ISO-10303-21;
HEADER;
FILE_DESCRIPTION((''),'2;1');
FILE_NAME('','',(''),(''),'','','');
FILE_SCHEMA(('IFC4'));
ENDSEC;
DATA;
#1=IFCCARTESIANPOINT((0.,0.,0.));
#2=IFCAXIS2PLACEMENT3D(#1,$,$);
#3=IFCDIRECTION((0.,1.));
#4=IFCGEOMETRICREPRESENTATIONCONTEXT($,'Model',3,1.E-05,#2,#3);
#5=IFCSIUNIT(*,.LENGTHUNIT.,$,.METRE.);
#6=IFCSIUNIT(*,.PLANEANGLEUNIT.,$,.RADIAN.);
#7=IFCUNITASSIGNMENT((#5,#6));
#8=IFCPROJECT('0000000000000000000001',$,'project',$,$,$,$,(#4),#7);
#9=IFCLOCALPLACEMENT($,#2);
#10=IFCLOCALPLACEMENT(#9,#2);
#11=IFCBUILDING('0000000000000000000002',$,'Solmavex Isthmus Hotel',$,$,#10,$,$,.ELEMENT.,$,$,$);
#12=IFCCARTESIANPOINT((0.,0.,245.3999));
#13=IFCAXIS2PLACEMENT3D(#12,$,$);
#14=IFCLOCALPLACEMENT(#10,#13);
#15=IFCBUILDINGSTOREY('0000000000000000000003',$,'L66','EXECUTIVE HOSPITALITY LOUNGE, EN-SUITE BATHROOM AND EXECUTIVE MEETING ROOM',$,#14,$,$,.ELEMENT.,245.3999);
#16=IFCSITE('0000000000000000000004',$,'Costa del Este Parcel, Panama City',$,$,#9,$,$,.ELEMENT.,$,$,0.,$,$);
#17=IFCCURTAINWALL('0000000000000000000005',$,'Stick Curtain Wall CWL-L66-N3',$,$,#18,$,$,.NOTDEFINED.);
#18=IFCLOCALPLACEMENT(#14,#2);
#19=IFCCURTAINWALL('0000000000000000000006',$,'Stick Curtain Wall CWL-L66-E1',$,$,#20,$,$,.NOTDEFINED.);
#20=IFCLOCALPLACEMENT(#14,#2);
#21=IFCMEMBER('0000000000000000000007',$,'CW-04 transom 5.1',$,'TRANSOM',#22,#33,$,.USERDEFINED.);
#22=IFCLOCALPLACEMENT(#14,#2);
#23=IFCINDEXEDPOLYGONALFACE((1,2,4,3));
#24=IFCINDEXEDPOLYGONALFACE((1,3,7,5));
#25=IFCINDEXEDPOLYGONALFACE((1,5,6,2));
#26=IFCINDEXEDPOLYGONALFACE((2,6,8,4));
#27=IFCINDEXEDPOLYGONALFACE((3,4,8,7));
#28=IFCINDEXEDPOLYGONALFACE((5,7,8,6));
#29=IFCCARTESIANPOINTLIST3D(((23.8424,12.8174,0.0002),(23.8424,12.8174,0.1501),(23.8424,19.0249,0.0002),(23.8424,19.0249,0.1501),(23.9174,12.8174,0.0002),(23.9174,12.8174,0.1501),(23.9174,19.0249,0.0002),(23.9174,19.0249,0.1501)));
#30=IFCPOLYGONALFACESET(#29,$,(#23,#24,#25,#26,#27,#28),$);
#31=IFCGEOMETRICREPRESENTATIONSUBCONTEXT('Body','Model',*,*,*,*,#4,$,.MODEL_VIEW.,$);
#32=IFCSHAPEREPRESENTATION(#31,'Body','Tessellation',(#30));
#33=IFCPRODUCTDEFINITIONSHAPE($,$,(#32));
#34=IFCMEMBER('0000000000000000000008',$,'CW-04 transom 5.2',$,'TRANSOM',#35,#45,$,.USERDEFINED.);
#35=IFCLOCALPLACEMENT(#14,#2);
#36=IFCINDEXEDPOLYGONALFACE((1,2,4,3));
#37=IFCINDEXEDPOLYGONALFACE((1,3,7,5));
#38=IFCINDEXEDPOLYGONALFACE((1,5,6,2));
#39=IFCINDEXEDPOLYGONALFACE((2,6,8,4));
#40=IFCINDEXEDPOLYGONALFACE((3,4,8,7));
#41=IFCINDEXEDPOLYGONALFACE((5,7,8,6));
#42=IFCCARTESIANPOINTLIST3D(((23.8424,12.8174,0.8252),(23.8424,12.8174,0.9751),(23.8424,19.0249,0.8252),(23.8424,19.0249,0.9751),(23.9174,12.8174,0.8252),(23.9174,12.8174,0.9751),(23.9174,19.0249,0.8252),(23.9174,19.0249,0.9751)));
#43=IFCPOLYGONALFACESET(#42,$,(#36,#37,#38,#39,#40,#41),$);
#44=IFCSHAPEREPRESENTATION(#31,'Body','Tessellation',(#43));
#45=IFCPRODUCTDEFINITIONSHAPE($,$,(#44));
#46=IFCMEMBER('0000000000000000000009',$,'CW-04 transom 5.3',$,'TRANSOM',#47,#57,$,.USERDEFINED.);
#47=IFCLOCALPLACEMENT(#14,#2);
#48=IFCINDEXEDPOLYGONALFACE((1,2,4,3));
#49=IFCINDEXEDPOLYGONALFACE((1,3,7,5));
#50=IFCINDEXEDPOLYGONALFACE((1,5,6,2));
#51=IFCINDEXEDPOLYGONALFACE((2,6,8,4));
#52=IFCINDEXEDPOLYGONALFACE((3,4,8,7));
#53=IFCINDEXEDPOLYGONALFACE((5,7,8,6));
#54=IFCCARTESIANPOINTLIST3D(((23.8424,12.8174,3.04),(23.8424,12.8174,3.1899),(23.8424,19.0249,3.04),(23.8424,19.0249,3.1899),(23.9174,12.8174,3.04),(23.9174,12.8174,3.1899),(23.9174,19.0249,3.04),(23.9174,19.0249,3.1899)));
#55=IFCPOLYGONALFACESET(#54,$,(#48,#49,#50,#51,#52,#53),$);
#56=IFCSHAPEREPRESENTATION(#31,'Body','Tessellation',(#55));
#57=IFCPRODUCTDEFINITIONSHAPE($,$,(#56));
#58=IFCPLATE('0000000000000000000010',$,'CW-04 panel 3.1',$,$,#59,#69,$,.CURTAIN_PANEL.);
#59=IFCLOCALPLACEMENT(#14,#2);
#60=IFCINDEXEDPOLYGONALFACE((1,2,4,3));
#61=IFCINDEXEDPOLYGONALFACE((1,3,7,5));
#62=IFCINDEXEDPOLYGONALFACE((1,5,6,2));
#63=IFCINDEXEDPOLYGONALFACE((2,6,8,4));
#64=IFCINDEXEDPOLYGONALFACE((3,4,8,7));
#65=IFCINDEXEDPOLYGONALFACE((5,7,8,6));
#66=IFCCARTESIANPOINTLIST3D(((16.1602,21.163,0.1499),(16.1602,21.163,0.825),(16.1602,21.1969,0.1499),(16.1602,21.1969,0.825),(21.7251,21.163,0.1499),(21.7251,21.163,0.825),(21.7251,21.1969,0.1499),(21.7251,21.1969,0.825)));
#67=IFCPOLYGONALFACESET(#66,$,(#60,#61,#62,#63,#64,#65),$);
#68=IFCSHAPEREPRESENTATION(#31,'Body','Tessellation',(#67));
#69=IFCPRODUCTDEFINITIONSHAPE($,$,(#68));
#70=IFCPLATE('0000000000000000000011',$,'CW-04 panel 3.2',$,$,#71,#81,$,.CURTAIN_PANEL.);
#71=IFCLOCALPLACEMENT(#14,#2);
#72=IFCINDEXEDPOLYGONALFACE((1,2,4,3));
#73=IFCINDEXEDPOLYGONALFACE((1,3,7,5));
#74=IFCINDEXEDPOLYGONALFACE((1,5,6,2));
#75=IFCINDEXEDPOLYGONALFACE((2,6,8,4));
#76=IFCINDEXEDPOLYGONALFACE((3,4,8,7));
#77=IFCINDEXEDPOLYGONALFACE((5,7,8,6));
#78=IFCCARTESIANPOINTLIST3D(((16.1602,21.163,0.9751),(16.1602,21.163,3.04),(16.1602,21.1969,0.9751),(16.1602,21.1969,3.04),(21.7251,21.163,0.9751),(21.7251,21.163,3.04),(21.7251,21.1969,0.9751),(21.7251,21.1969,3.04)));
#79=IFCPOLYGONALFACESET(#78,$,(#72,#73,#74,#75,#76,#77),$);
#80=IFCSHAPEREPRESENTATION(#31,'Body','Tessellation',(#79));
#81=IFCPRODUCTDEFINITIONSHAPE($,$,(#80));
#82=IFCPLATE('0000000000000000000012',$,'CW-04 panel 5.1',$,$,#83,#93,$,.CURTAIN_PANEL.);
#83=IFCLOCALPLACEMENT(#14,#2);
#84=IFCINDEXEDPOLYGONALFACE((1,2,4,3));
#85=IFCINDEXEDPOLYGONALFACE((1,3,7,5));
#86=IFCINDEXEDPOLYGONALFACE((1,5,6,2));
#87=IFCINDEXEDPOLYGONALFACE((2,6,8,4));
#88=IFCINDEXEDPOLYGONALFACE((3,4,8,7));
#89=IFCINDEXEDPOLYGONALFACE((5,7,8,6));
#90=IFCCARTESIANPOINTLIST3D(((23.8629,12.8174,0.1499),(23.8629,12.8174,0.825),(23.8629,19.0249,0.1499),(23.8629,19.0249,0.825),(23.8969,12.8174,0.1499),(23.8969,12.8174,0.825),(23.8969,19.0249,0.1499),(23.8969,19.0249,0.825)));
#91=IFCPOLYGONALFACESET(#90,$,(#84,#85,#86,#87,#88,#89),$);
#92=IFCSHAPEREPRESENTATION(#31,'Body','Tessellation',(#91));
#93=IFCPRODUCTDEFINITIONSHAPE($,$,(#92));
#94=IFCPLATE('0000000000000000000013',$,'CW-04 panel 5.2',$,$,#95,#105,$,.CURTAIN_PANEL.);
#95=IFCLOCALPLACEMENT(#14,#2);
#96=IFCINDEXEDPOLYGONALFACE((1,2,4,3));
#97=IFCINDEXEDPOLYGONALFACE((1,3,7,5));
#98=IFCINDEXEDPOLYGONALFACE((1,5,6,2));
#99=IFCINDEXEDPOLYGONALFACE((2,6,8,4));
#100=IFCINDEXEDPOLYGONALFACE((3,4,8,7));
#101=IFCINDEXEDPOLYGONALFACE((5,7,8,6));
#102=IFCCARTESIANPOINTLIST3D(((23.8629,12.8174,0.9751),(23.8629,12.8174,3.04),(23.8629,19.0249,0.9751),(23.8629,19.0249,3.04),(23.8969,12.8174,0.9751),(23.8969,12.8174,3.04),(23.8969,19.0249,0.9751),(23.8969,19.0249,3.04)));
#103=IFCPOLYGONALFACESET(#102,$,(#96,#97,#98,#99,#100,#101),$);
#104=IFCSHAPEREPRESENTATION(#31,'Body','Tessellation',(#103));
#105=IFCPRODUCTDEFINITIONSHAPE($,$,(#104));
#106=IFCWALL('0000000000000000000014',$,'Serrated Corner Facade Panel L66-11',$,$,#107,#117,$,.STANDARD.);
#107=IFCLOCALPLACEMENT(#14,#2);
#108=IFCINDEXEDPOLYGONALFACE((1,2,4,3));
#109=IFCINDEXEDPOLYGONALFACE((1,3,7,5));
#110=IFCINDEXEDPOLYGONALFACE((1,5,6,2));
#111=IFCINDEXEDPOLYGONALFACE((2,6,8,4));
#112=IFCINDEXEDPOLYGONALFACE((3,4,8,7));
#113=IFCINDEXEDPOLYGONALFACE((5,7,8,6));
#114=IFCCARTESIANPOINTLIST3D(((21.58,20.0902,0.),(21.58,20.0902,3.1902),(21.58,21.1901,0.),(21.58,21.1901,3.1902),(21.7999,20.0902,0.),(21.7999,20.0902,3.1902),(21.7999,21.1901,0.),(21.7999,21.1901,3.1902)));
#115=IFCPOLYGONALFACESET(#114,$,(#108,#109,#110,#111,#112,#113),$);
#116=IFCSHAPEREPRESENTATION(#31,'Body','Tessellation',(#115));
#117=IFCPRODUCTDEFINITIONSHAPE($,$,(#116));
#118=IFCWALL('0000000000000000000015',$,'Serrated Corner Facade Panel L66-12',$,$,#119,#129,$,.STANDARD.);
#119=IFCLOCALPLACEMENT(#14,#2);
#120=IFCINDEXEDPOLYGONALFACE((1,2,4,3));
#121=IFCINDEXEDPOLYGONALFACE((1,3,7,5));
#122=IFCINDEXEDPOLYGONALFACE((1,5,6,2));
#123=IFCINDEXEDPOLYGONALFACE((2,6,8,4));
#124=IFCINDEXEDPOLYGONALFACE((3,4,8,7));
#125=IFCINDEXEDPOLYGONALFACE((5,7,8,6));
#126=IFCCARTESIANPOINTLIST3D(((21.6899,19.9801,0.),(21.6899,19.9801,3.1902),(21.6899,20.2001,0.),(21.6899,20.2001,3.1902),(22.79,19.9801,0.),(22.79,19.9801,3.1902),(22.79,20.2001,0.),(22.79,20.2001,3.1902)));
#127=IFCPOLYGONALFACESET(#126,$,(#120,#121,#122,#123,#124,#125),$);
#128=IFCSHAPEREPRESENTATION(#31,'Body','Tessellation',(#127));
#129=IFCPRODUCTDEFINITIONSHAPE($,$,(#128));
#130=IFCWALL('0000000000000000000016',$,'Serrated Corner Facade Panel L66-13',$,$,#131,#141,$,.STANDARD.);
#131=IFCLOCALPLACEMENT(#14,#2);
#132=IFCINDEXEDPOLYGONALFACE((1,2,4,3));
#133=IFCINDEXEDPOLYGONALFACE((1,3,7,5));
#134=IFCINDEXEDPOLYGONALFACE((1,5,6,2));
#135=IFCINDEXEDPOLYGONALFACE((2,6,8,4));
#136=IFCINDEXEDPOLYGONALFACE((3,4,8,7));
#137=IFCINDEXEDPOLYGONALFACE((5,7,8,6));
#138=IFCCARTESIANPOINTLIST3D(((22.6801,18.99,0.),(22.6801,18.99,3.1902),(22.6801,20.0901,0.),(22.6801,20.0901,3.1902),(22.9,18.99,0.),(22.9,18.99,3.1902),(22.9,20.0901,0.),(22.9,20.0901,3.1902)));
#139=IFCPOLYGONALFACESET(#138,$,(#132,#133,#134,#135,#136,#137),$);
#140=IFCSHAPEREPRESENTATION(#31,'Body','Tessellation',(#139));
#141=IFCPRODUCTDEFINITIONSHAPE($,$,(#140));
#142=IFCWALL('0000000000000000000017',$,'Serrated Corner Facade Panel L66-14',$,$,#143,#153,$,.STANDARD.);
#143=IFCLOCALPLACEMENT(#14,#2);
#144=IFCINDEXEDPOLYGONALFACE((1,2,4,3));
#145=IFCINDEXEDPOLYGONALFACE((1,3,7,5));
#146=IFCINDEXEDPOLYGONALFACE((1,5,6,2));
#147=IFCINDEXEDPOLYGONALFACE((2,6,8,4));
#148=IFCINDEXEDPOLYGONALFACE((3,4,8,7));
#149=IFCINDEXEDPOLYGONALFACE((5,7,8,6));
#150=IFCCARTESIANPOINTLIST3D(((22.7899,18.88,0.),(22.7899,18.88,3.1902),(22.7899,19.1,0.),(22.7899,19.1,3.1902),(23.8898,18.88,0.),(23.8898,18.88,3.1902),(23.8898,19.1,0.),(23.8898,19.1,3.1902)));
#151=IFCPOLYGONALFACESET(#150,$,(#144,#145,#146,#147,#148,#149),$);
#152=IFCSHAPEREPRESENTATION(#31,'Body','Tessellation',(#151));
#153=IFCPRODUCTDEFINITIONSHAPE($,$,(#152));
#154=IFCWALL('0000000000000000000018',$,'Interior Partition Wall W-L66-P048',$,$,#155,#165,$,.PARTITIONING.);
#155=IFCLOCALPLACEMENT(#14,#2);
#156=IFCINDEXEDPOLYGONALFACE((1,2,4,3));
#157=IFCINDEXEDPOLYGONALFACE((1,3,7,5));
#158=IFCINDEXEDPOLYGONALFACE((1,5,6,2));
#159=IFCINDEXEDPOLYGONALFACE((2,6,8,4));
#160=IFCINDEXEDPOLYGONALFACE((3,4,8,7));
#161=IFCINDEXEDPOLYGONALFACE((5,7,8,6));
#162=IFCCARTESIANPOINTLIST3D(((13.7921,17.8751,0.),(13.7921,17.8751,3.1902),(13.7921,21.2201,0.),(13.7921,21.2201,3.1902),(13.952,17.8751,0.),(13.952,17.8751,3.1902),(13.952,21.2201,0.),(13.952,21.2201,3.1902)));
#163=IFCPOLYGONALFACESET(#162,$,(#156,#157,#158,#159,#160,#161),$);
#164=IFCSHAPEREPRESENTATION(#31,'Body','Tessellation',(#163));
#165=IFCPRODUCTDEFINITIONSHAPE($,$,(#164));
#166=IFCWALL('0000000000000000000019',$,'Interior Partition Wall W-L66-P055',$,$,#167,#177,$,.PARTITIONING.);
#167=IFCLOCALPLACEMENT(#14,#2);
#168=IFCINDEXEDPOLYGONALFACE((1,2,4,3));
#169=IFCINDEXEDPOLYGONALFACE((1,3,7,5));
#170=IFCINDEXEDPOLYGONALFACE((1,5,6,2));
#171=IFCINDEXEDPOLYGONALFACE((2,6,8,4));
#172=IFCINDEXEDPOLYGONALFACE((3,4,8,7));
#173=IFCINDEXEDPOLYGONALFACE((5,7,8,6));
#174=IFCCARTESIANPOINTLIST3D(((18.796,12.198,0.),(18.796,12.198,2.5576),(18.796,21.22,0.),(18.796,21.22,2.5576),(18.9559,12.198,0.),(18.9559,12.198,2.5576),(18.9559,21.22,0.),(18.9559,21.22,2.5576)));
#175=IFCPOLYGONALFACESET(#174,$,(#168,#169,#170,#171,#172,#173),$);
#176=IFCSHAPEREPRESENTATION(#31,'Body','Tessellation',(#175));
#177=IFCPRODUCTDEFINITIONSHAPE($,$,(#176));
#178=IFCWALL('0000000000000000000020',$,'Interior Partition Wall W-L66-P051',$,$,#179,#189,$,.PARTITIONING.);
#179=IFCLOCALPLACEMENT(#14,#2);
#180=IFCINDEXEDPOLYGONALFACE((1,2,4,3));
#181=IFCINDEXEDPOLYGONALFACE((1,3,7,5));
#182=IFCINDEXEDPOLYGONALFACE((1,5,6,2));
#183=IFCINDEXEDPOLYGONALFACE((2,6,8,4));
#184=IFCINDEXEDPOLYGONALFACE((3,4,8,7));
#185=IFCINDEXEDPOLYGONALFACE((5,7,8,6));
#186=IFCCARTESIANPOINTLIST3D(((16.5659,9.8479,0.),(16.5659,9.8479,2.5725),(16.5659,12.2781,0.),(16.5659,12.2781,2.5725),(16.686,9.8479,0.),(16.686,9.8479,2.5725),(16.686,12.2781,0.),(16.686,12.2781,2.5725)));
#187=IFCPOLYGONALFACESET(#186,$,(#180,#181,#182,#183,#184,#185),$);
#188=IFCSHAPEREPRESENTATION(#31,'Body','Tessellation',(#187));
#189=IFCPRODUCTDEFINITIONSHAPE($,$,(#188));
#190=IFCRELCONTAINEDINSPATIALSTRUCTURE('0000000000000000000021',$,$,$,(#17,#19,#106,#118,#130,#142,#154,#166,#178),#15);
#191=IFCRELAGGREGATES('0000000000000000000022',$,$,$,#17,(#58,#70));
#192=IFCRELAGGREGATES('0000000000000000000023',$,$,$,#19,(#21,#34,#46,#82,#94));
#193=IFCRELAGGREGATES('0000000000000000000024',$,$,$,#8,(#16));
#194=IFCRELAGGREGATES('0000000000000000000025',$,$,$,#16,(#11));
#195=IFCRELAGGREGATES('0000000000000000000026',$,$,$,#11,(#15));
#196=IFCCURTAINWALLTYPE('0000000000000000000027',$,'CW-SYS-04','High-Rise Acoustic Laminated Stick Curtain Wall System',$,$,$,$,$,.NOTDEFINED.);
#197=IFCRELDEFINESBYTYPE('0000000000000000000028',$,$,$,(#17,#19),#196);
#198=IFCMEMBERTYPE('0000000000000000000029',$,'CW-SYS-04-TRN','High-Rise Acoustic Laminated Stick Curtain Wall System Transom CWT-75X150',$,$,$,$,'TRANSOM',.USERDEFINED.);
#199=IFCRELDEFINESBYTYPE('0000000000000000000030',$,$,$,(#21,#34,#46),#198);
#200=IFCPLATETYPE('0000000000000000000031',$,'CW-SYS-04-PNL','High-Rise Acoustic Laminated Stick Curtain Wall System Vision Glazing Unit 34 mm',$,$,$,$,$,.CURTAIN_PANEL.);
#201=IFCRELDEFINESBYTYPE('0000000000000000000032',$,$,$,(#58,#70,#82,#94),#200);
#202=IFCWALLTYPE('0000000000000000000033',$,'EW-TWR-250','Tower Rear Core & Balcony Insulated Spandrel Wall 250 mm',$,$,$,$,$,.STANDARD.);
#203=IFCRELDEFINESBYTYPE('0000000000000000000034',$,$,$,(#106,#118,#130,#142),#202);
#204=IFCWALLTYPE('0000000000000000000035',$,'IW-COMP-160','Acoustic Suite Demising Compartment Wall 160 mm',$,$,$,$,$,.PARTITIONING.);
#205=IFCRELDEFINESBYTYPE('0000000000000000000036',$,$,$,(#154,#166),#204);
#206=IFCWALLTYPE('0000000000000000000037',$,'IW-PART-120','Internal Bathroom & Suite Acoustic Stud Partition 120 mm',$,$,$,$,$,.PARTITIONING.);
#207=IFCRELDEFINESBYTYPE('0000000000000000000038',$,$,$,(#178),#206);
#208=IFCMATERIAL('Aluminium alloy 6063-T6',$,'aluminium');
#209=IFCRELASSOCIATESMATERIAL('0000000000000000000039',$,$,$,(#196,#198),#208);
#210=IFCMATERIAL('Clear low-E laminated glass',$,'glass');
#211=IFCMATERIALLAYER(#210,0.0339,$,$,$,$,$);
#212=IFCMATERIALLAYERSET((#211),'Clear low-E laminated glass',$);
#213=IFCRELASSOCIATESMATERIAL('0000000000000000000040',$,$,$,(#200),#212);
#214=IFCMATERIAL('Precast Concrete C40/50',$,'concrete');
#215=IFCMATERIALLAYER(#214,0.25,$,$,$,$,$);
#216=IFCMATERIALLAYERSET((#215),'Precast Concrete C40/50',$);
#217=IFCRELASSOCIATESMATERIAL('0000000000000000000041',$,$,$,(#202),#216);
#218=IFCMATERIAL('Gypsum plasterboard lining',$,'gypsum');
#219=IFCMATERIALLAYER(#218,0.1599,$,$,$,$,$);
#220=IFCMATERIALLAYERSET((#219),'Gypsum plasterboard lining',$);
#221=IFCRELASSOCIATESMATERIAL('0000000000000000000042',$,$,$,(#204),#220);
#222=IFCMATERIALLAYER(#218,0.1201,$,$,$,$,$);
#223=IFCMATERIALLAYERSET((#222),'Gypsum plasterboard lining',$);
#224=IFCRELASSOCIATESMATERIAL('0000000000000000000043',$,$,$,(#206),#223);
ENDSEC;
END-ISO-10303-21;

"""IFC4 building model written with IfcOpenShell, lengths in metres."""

from ifc_helpers import new_model, si_unit, direction, frame, frame_2d, origin, origin_2d, place, context, subcontext, project, spatial, rectangle, extrude, material, layer, layer_set, material_profile, profile_set, type_object, element, aggregate, save


model = new_model("IFC4")

# Units and contexts
model_context = context("Model", 3, precision=1e-05, world=origin(), true_north=direction((0.0, 1.0)))
body_context = subcontext(model_context, "Body", "Model", "MODEL_VIEW")
ifc_project = project(units=[si_unit("LENGTHUNIT", "METRE"), si_unit("PLANEANGLEUNIT", "RADIAN")], contexts=[model_context])

# Site, building, storey
site_placement = place(None, origin())
site = spatial("IfcSite", under=ifc_project, at=site_placement, Name="Costa del Este Parcel, Panama City", CompositionType="ELEMENT", RefElevation=0.0)
building_placement = place(site_placement, origin())
building = spatial("IfcBuilding", under=site, at=building_placement, Name="Solmavex Isthmus Hotel", CompositionType="ELEMENT")
storey_placement = place(building_placement, frame((0.0, 0.0, 245.3999)))
storey = spatial("IfcBuildingStorey", under=building, at=storey_placement, Name="L66", Description="EXECUTIVE HOSPITALITY LOUNGE, EN-SUITE BATHROOM AND EXECUTIVE MEETING ROOM", CompositionType="ELEMENT", Elevation=245.3999)

# Curtain walls
ifc_material_1 = material(Name="Aluminium alloy 6063-T6", Category="aluminium")
curtain_wall_type = type_object("IfcCurtainWallType", Name="CW-SYS-04", Description="High-Rise Acoustic Laminated Stick Curtain Wall System", PredefinedType="NOTDEFINED", material=ifc_material_1)
curtain_wall_1_placement = place(storey_placement, origin())
curtain_wall_1 = element("IfcCurtainWall", 1, at=curtain_wall_1_placement, inside=storey, type_object=curtain_wall_type, Name="Stick Curtain Wall CWL-L66-N3", PredefinedType="NOTDEFINED")
curtain_wall_2_placement = place(storey_placement, origin())
curtain_wall_2 = element("IfcCurtainWall", 2, at=curtain_wall_2_placement, inside=storey, type_object=curtain_wall_type, Name="Stick Curtain Wall CWL-L66-E1", PredefinedType="NOTDEFINED")

# Members
ifc_material_profile_1 = material_profile(ifc_material_1, rectangle(XDim=0.075, YDim=0.1499, at=origin_2d()), Name="CWT-75X150")
ifc_profile_set_1 = profile_set([ifc_material_profile_1], Name="Aluminium alloy 6063-T6")
member_type_1 = type_object("IfcMemberType", Name="CW-SYS-04-TRN", Description="High-Rise Acoustic Laminated Stick Curtain Wall System Transom CWT-75X150", ElementType="TRANSOM", PredefinedType="USERDEFINED", material=ifc_profile_set_1)
member_1_placement = place(storey_placement, frame((23.8799, 12.8174, 0.0752), z_axis=(0.0, 1.0, 0.0), x_axis=(-1.0, 0.0, 0.0)))
member_1 = element("IfcMember", 3, at=member_1_placement, type_object=member_type_1, Name="CW-04 transom 5.1", ObjectType="TRANSOM", PredefinedType="USERDEFINED", context=body_context, shape_type="SweptSolid", body=[
    extrude(rectangle(XDim=0.075, YDim=0.1499, at=origin_2d()), origin(), (0.0, 0.0, 1.0), 6.2075),
])
member_2_placement = place(storey_placement, frame((23.8799, 12.8174, 0.9001), z_axis=(0.0, 1.0, 0.0), x_axis=(-1.0, 0.0, 0.0)))
member_2 = element("IfcMember", 4, at=member_2_placement, type_object=member_type_1, Name="CW-04 transom 5.2", ObjectType="TRANSOM", PredefinedType="USERDEFINED", context=body_context, shape_type="SweptSolid", body=[
    extrude(rectangle(XDim=0.075, YDim=0.1499, at=origin_2d()), origin(), (0.0, 0.0, 1.0), 6.2075),
])
member_3_placement = place(storey_placement, frame((23.8799, 12.8174, 3.115), z_axis=(0.0, 1.0, 0.0), x_axis=(-1.0, 0.0, 0.0)))
member_3 = element("IfcMember", 5, at=member_3_placement, type_object=member_type_1, Name="CW-04 transom 5.3", ObjectType="TRANSOM", PredefinedType="USERDEFINED", context=body_context, shape_type="SweptSolid", body=[
    extrude(rectangle(XDim=0.075, YDim=0.1499, at=origin_2d()), origin(), (0.0, 0.0, 1.0), 6.2075),
])

# Plates
ifc_material_2 = material(Name="Clear low-E laminated glass", Category="glass")
ifc_layer_1 = layer(ifc_material_2, 0.0339)
ifc_layer_set_1 = layer_set([ifc_layer_1], Name="Clear low-E laminated glass")
plate_type = type_object("IfcPlateType", Name="CW-SYS-04-PNL", Description="High-Rise Acoustic Laminated Stick Curtain Wall System Vision Glazing Unit 34 mm", PredefinedType="CURTAIN_PANEL", material=ifc_layer_set_1)
plate_1_placement = place(storey_placement, frame((18.9426, 21.1799, 0.1499), z_axis=(0.0, 0.0, 1.0), x_axis=(1.0, 0.0, 0.0)))
plate_1 = element("IfcPlate", 6, at=plate_1_placement, type_object=plate_type, Name="CW-04 panel 3.1", PredefinedType="CURTAIN_PANEL", context=body_context, shape_type="SweptSolid", body=[
    extrude(rectangle(XDim=5.5649, YDim=0.0339, at=origin_2d()), origin(), (0.0, 0.0, 1.0), 0.675),
])
plate_2_placement = place(storey_placement, frame((18.9426, 21.1799, 0.9751), z_axis=(0.0, 0.0, 1.0), x_axis=(1.0, 0.0, 0.0)))
plate_2 = element("IfcPlate", 7, at=plate_2_placement, type_object=plate_type, Name="CW-04 panel 3.2", PredefinedType="CURTAIN_PANEL", context=body_context, shape_type="SweptSolid", body=[
    extrude(rectangle(XDim=5.5649, YDim=0.0339, at=origin_2d()), origin(), (0.0, 0.0, 1.0), 2.0649),
])
aggregate(curtain_wall_1, [plate_1, plate_2])
plate_3_placement = place(storey_placement, frame((23.8799, 15.9211, 0.1499), z_axis=(0.0, 0.0, 1.0), x_axis=(0.0, 1.0, 0.0)))
plate_3 = element("IfcPlate", 8, at=plate_3_placement, type_object=plate_type, Name="CW-04 panel 5.1", PredefinedType="CURTAIN_PANEL", context=body_context, shape_type="SweptSolid", body=[
    extrude(rectangle(XDim=6.2075, YDim=0.0339, at=origin_2d()), origin(), (0.0, 0.0, 1.0), 0.675),
])
plate_4_placement = place(storey_placement, frame((23.8799, 15.9211, 0.9751), z_axis=(0.0, 0.0, 1.0), x_axis=(0.0, 1.0, 0.0)))
plate_4 = element("IfcPlate", 9, at=plate_4_placement, type_object=plate_type, Name="CW-04 panel 5.2", PredefinedType="CURTAIN_PANEL", context=body_context, shape_type="SweptSolid", body=[
    extrude(rectangle(XDim=6.2075, YDim=0.0339, at=origin_2d()), origin(), (0.0, 0.0, 1.0), 2.0649),
])
aggregate(curtain_wall_2, [member_1, member_2, member_3, plate_3, plate_4])

# Walls
ifc_material_3 = material(Name="Precast Concrete C40/50", Category="concrete")
ifc_layer_2 = layer(ifc_material_3, 0.25)
ifc_layer_set_2 = layer_set([ifc_layer_2], Name="Precast Concrete C40/50")
wall_type_1 = type_object("IfcWallType", Name="EW-TWR-250", Description="Tower Rear Core & Balcony Insulated Spandrel Wall 250 mm", PredefinedType="STANDARD", material=ifc_layer_set_2)
wall_1_placement = place(storey_placement, frame((21.6899, 21.1899, 0.0), z_axis=(0.0, 0.0, 1.0), x_axis=(0.0, -1.0, 0.0)))
element("IfcWall", 10, at=wall_1_placement, inside=storey, type_object=wall_type_1, Name="Serrated Corner Facade Panel L66-11", PredefinedType="STANDARD", context=body_context, shape_type="SweptSolid", body=[
    extrude(rectangle(XDim=1.0999, YDim=0.22, at=frame_2d((0.5498, 0.0))), origin(), (0.0, 0.0, 1.0), 3.1902),
])
for number, where, z_axis, x_axis, name in (
    (11, (21.6899, 20.0901, 0.0), (0.0, 0.0, 1.0), (1.0, 0.0, 0.0), "Serrated Corner Facade Panel L66-12"),
    (12, (22.79, 20.0901, 0.0), (0.0, 0.0, 1.0), (0.0, -1.0, 0.0), "Serrated Corner Facade Panel L66-13"),
):
    element("IfcWall", number, at=place(storey_placement, frame(where, z_axis=z_axis, x_axis=x_axis)), inside=storey, type_object=wall_type_1, Name=name, PredefinedType="STANDARD", context=body_context, shape_type="SweptSolid", body=[
        extrude(rectangle(XDim=1.1001, YDim=0.22, at=frame_2d((0.55, 0.0))), origin(), (0.0, 0.0, 1.0), 3.1902),
    ])
wall_2_placement = place(storey_placement, frame((22.79, 18.99, 0.0), z_axis=(0.0, 0.0, 1.0), x_axis=(1.0, 0.0, 0.0)))
element("IfcWall", 13, at=wall_2_placement, inside=storey, type_object=wall_type_1, Name="Serrated Corner Facade Panel L66-14", PredefinedType="STANDARD", context=body_context, shape_type="SweptSolid", body=[
    extrude(rectangle(XDim=1.0999, YDim=0.22, at=frame_2d((0.5498, 0.0))), origin(), (0.0, 0.0, 1.0), 3.1902),
])
ifc_material_4 = material(Name="Gypsum plasterboard lining", Category="gypsum")
ifc_layer_3 = layer(ifc_material_4, 0.1599)
ifc_layer_set_3 = layer_set([ifc_layer_3], Name="Gypsum plasterboard lining")
wall_type_2 = type_object("IfcWallType", Name="IW-COMP-160", Description="Acoustic Suite Demising Compartment Wall 160 mm", PredefinedType="PARTITIONING", material=ifc_layer_set_3)
wall_3_placement = place(storey_placement, frame((13.8721, 21.22, 0.0), z_axis=(0.0, 0.0, 1.0), x_axis=(0.0, -1.0, 0.0)))
element("IfcWall", 14, at=wall_3_placement, inside=storey, type_object=wall_type_2, Name="Interior Partition Wall W-L66-P048", PredefinedType="PARTITIONING", context=body_context, shape_type="SweptSolid", body=[
    extrude(rectangle(XDim=3.345, YDim=0.1599, at=frame_2d((1.6724, 0.0))), origin(), (0.0, 0.0, 1.0), 3.1902),
])

# Walls
wall_4_placement = place(storey_placement, frame((18.876, 21.22, 0.0), z_axis=(0.0, 0.0, 1.0), x_axis=(0.0, -1.0, 0.0)))
element("IfcWall", 15, at=wall_4_placement, inside=storey, type_object=wall_type_2, Name="Interior Partition Wall W-L66-P055", PredefinedType="PARTITIONING", context=body_context, shape_type="SweptSolid", body=[
    extrude(rectangle(XDim=9.022, YDim=0.1599, at=frame_2d((4.511, 0.0))), origin(), (0.0, 0.0, 1.0), 2.5576),
])
ifc_layer_4 = layer(ifc_material_4, 0.1201)
ifc_layer_set_4 = layer_set([ifc_layer_4], Name="Gypsum plasterboard lining")
wall_type_3 = type_object("IfcWallType", Name="IW-PART-120", Description="Internal Bathroom & Suite Acoustic Stud Partition 120 mm", PredefinedType="PARTITIONING", material=ifc_layer_set_4)
wall_5_placement = place(storey_placement, frame((16.626, 12.2781, 0.0), z_axis=(0.0, 0.0, 1.0), x_axis=(0.0, -1.0, 0.0)))
element("IfcWall", 16, at=wall_5_placement, inside=storey, type_object=wall_type_3, Name="Interior Partition Wall W-L66-P051", PredefinedType="PARTITIONING", context=body_context, shape_type="SweptSolid", body=[
    extrude(rectangle(XDim=2.4302, YDim=0.1201, at=frame_2d((1.2151, 0.0))), origin(), (0.0, 0.0, 1.0), 2.5725),
])

save(model, "model.ifc")
